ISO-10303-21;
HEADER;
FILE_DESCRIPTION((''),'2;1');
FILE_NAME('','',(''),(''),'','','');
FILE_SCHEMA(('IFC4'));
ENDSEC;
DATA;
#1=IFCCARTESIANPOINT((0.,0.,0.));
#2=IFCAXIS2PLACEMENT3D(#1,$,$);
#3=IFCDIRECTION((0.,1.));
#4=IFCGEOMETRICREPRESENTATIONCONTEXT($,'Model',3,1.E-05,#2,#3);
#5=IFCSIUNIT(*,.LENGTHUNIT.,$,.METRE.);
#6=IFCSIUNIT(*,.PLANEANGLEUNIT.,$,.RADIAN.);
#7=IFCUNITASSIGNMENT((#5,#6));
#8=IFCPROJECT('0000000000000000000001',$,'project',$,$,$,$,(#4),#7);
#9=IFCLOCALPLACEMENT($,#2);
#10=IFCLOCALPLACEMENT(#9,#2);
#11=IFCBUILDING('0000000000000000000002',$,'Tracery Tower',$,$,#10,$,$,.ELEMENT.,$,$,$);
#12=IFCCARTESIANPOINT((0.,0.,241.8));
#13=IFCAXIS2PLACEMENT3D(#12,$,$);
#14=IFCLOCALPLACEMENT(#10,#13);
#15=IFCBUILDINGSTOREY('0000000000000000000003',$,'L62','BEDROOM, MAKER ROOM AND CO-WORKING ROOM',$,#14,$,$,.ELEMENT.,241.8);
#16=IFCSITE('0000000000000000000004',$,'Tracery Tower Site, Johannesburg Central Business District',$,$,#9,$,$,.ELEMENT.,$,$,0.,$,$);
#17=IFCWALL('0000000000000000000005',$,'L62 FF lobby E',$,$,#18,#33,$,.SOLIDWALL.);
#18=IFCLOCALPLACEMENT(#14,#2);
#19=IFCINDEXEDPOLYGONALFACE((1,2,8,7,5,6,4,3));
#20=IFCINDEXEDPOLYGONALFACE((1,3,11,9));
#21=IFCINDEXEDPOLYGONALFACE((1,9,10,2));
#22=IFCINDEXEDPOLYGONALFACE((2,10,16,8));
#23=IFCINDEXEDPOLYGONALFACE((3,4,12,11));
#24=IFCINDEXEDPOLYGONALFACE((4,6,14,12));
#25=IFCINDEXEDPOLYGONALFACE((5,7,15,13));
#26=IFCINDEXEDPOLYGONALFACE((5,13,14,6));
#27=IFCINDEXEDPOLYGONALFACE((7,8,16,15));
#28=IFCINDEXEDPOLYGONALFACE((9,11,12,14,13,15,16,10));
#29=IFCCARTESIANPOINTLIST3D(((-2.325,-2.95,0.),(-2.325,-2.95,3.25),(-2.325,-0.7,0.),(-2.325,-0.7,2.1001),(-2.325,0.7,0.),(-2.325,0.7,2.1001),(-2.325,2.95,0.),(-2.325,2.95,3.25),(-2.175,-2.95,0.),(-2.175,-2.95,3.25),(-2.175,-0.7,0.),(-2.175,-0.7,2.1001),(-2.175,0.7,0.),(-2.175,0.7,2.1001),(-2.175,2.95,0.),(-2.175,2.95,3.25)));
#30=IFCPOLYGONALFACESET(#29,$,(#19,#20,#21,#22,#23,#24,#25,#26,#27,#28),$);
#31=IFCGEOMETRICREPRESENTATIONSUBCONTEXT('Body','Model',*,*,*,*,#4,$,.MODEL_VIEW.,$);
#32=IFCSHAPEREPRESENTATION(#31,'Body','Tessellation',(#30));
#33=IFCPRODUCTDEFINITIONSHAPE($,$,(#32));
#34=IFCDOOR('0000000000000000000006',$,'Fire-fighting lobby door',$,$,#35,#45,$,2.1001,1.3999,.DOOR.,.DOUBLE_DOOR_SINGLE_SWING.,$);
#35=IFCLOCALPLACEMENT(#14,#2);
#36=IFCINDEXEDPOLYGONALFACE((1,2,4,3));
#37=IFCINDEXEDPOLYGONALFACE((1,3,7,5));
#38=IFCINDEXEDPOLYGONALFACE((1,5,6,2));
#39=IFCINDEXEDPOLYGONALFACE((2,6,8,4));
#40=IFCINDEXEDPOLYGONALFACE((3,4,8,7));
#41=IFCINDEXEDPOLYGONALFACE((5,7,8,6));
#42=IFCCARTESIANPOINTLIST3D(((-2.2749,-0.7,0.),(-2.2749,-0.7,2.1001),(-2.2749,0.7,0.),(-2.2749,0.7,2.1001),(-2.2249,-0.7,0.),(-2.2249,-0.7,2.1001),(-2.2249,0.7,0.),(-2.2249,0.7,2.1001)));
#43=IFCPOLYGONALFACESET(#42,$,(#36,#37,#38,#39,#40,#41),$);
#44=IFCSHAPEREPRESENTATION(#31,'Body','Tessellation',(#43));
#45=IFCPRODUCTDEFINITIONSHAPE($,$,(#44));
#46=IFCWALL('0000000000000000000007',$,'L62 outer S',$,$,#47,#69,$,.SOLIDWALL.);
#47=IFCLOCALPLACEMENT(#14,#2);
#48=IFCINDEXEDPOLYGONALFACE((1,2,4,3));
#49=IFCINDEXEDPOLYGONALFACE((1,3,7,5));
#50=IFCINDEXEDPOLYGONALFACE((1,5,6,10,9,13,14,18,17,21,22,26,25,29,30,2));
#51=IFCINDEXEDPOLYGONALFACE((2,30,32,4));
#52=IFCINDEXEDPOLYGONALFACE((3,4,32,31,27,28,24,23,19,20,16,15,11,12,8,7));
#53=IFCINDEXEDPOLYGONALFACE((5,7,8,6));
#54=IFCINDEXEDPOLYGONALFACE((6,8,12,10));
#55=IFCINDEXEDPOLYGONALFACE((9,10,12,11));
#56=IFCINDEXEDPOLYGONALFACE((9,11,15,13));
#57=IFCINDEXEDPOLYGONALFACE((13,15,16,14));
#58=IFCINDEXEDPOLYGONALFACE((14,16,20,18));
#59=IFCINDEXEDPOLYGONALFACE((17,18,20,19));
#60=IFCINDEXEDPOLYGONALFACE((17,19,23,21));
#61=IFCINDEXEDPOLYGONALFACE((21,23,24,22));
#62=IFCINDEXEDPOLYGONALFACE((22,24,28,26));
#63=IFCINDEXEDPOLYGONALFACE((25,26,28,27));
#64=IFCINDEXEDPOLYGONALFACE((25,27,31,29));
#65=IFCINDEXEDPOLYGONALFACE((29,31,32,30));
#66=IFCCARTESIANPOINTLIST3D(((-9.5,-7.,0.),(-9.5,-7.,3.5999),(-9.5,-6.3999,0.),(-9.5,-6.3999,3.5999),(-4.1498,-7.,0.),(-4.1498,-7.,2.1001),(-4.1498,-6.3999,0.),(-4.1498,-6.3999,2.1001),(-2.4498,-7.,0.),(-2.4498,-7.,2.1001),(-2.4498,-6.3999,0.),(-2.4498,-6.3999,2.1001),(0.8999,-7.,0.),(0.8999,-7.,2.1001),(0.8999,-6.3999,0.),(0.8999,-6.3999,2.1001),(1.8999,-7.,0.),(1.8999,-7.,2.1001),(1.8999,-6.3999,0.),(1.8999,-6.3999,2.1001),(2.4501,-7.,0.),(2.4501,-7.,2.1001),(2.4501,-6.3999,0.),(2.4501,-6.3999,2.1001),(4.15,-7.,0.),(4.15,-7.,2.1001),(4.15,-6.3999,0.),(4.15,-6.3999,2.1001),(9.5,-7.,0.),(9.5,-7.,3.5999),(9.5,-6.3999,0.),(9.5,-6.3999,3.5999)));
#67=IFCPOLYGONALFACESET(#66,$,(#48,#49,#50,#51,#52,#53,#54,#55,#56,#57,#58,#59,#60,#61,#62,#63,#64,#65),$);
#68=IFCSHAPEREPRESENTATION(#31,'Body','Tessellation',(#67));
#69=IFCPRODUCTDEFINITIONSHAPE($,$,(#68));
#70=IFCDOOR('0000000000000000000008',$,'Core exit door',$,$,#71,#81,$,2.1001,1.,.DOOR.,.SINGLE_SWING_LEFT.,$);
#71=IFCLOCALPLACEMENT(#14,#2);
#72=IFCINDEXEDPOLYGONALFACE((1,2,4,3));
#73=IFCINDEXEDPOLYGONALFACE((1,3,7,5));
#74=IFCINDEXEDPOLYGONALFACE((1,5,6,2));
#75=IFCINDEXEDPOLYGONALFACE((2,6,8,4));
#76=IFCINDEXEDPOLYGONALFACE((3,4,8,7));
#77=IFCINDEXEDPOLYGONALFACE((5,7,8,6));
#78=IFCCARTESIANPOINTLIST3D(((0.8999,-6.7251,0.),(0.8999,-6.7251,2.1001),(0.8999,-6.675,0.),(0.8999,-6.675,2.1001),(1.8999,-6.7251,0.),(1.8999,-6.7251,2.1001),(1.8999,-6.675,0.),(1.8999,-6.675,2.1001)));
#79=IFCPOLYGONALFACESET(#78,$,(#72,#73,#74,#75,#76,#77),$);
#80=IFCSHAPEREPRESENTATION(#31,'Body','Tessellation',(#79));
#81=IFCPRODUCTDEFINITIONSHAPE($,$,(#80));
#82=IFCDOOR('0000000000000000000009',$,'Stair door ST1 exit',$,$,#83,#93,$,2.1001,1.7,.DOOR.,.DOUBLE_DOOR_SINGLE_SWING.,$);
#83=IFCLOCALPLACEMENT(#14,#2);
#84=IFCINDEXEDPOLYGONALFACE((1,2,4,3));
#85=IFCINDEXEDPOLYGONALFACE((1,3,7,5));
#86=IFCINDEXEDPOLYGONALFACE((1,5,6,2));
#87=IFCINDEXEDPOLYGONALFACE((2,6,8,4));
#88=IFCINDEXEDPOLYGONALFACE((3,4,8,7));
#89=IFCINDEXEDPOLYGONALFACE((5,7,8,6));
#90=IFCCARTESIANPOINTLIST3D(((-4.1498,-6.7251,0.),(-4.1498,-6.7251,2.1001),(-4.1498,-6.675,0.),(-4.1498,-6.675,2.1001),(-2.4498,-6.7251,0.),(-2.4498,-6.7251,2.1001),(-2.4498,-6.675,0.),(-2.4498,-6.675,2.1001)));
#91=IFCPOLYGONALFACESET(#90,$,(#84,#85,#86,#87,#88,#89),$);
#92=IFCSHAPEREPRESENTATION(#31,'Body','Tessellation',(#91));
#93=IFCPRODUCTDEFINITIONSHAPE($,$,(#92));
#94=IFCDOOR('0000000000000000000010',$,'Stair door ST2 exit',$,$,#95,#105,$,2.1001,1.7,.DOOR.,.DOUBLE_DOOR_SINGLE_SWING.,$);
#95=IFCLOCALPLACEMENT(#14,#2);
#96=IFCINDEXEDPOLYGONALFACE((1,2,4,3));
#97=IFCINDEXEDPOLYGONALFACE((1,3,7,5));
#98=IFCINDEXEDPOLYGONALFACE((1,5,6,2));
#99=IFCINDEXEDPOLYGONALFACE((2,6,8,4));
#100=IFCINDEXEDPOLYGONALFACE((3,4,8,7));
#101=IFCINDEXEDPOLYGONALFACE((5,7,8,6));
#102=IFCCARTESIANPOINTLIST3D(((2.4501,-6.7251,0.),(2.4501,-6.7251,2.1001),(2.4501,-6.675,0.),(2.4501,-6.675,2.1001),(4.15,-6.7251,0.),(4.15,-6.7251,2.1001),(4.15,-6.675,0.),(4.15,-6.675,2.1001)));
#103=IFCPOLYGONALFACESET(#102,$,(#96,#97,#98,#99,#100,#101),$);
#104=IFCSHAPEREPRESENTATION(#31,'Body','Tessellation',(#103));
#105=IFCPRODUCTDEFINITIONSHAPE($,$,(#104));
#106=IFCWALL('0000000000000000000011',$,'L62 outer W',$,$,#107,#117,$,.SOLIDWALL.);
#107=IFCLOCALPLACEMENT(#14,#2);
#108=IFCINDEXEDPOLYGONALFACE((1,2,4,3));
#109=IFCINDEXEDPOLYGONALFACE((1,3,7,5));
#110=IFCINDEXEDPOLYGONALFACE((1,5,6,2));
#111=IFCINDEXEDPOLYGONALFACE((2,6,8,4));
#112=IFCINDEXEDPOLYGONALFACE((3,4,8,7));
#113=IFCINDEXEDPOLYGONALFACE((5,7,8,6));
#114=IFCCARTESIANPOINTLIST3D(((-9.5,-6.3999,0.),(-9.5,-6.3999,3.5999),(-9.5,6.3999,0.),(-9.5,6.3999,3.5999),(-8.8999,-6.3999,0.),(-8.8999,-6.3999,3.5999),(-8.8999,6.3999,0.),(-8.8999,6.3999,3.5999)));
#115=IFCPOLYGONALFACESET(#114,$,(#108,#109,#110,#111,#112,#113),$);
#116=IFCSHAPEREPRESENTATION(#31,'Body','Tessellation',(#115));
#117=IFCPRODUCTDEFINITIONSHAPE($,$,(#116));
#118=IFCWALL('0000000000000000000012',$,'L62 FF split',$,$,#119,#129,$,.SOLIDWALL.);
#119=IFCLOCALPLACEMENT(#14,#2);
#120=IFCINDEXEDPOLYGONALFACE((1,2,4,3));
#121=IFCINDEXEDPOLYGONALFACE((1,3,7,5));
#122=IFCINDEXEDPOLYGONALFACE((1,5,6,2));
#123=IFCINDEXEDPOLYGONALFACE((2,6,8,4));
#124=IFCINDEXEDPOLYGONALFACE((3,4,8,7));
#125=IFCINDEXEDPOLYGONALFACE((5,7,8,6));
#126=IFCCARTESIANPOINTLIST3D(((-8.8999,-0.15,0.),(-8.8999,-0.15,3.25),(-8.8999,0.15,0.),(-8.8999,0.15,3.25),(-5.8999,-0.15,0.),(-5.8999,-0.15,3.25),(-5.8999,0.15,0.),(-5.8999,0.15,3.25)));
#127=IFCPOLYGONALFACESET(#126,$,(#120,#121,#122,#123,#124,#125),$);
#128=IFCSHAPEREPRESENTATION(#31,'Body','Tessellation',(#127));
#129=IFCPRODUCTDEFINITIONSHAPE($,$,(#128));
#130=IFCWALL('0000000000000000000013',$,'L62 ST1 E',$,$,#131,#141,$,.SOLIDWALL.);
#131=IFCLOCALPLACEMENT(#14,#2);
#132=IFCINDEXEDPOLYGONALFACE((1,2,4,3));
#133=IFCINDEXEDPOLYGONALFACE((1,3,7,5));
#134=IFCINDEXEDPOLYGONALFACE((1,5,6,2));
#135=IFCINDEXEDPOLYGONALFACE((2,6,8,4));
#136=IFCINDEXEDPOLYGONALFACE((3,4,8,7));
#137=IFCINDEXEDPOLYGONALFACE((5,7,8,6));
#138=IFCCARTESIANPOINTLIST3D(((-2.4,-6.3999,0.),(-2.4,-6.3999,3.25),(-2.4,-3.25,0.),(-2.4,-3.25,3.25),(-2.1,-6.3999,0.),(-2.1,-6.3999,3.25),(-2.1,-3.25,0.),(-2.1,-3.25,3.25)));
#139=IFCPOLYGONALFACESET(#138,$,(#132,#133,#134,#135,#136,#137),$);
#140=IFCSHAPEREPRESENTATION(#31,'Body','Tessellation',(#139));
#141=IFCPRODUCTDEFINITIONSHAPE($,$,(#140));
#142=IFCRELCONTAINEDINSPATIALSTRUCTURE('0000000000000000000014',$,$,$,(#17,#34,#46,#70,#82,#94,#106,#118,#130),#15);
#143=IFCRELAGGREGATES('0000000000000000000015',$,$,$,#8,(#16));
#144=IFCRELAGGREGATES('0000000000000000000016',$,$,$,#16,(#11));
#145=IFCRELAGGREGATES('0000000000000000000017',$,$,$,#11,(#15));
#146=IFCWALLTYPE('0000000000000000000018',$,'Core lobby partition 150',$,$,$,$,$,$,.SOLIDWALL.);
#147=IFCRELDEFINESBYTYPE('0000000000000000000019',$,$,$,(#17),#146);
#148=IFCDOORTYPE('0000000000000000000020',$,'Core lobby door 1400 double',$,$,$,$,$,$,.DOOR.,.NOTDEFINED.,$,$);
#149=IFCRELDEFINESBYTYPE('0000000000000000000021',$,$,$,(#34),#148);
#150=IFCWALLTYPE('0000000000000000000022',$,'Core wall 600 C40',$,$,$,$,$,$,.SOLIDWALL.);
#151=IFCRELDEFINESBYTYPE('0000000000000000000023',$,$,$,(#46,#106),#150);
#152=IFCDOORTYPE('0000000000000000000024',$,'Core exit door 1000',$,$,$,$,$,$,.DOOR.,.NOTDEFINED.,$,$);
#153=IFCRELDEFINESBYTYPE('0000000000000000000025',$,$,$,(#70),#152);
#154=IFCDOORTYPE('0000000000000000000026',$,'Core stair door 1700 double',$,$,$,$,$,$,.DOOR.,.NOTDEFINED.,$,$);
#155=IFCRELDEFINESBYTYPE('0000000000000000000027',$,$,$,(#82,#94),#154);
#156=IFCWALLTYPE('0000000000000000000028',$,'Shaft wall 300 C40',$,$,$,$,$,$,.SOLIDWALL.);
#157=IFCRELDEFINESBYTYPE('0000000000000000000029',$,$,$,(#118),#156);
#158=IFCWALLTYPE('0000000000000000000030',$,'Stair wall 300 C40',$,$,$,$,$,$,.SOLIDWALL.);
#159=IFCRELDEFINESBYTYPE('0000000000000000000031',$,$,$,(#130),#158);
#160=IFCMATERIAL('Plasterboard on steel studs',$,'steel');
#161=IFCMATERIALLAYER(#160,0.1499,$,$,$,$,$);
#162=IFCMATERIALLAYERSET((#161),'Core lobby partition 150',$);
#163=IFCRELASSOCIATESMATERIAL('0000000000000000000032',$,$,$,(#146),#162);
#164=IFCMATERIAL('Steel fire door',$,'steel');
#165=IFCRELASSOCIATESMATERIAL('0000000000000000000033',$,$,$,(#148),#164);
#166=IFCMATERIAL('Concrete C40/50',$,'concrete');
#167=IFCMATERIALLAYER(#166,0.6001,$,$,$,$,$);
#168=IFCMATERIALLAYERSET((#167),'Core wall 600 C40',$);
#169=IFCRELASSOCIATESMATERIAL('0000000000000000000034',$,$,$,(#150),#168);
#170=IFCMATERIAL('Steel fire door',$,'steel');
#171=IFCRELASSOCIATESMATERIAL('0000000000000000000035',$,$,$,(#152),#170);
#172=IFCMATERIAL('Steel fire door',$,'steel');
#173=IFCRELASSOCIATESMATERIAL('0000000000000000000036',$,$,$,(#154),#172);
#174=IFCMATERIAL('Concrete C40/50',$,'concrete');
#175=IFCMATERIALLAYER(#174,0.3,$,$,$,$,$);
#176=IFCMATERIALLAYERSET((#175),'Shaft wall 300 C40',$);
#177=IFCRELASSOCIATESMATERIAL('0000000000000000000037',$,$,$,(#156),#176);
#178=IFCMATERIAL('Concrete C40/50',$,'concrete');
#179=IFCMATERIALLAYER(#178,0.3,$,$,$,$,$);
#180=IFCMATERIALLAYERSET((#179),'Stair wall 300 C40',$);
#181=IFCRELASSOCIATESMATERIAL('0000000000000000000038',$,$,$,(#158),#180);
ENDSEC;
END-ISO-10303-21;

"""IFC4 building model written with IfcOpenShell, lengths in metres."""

from ifc_helpers import new_model, si_unit, direction, frame, frame_2d, origin, place, context, subcontext, project, spatial, rectangle, extrude, material, layer, layer_set, type_object, element, fill, save


model = new_model("IFC4")

# Units and contexts
model_context = context("Model", 3, precision=1e-05, world=origin(), true_north=direction((0.0, 1.0)))
body_context = subcontext(model_context, "Body", "Model", "MODEL_VIEW")
ifc_project = project(units=[si_unit("LENGTHUNIT", "METRE"), si_unit("PLANEANGLEUNIT", "RADIAN")], contexts=[model_context])

# Site, building, storey
site_placement = place(None, origin())
site = spatial("IfcSite", under=ifc_project, at=site_placement, Name="Tracery Tower Site, Johannesburg Central Business District", CompositionType="ELEMENT", RefElevation=0.0)
building_placement = place(site_placement, origin())
building = spatial("IfcBuilding", under=site, at=building_placement, Name="Tracery Tower", CompositionType="ELEMENT")
storey_placement = place(building_placement, frame((0.0, 0.0, 241.8)))
storey = spatial("IfcBuildingStorey", under=building, at=storey_placement, Name="L62", Description="BEDROOM, MAKER ROOM AND CO-WORKING ROOM", CompositionType="ELEMENT", Elevation=241.8)

# Wall, opening, door
ifc_material_1 = material(Name="Plasterboard on steel studs", Category="steel")
ifc_layer_1 = layer(ifc_material_1, 0.1499)
ifc_layer_set_1 = layer_set([ifc_layer_1], Name="Core lobby partition 150")
wall_type_1 = type_object("IfcWallType", Name="Core lobby partition 150", PredefinedType="SOLIDWALL", material=ifc_layer_set_1)
wall_1_placement = place(storey_placement, frame((-2.25, -2.95, 0.0), z_axis=(0.0, 0.0, 1.0), x_axis=(0.0, 1.0, 0.0)))
wall_1 = element("IfcWall", 1, at=wall_1_placement, inside=storey, type_object=wall_type_1, Name="L62 FF lobby E", PredefinedType="SOLIDWALL", context=body_context, shape_type="SweptSolid", body=[
    extrude(rectangle(XDim=5.8999, YDim=0.1499, at=frame_2d((2.95, 0.0))), origin(), (0.0, 0.0, 1.0), 3.25),
])
opening_1_placement = place(wall_1_placement, frame((2.25, 0.0, 0.0)))
opening_1 = element("IfcOpeningElement", 2, at=opening_1_placement, cuts=wall_1, PredefinedType="OPENING", context=body_context, shape_type="SweptSolid", body=[
    extrude(rectangle(XDim=1.3999, YDim=2.1001, at=frame_2d((0.7, 1.05))), frame((0.0, 0.075, 0.0), z_axis=(0.0, -1.0, 0.0), x_axis=(1.0, 0.0, 0.0)), (0.0, 0.0, 1.0), 0.1499),
])
ifc_material_2 = material(Name="Steel fire door", Category="steel")
door_type_1 = type_object("IfcDoorType", Name="Core lobby door 1400 double", OperationType="NOTDEFINED", PredefinedType="DOOR", material=ifc_material_2)
door_1_placement = place(opening_1_placement, origin())
door_1 = element("IfcDoor", 3, at=door_1_placement, inside=storey, type_object=door_type_1, Name="Fire-fighting lobby door", OperationType="DOUBLE_DOOR_SINGLE_SWING", OverallHeight=2.1001, OverallWidth=1.3999, PredefinedType="DOOR", context=body_context, shape_type="SweptSolid", body=[
    extrude(rectangle(XDim=1.3999, YDim=2.1001, at=frame_2d((0.7, 1.05))), frame((0.0, 0.0249, 0.0), z_axis=(0.0, -1.0, 0.0), x_axis=(1.0, 0.0, 0.0)), (0.0, 0.0, 1.0), 0.05),
])
fill(opening_1, door_1)

# Wall, openings, doors
ifc_material_3 = material(Name="Concrete C40/50", Category="concrete")
ifc_layer_2 = layer(ifc_material_3, 0.6001)
ifc_layer_set_2 = layer_set([ifc_layer_2], Name="Core wall 600 C40")
wall_type_2 = type_object("IfcWallType", Name="Core wall 600 C40", PredefinedType="SOLIDWALL", material=ifc_layer_set_2)
wall_2_placement = place(storey_placement, frame((-9.5, -6.7, 0.0), z_axis=(0.0, 0.0, 1.0), x_axis=(1.0, 0.0, 0.0)))
wall_2 = element("IfcWall", 4, at=wall_2_placement, inside=storey, type_object=wall_type_2, Name="L62 outer S", PredefinedType="SOLIDWALL", context=body_context, shape_type="SweptSolid", body=[
    extrude(rectangle(XDim=19.0, YDim=0.6001, at=frame_2d((9.5, 0.0))), origin(), (0.0, 0.0, 1.0), 3.5999),
])
opening_2_placement = place(wall_2_placement, frame((10.3999, 0.0, 0.0)))
opening_2 = element("IfcOpeningElement", 5, at=opening_2_placement, cuts=wall_2, PredefinedType="OPENING", context=body_context, shape_type="SweptSolid", body=[
    extrude(rectangle(XDim=1.0, YDim=2.1001, at=frame_2d((0.5, 1.05))), frame((0.0, 0.3, 0.0), z_axis=(0.0, -1.0, 0.0), x_axis=(1.0, 0.0, 0.0)), (0.0, 0.0, 1.0), 0.6001),
])
opening_3_placement = place(wall_2_placement, frame((5.3501, 0.0, 0.0)))
opening_3 = element("IfcOpeningElement", 6, at=opening_3_placement, cuts=wall_2, PredefinedType="OPENING", context=body_context, shape_type="SweptSolid", body=[
    extrude(rectangle(XDim=1.7, YDim=2.1001, at=frame_2d((0.8501, 1.05))), frame((0.0, 0.3, 0.0), z_axis=(0.0, -1.0, 0.0), x_axis=(1.0, 0.0, 0.0)), (0.0, 0.0, 1.0), 0.6001),
])
opening_4_placement = place(wall_2_placement, frame((11.95, 0.0, 0.0)))
opening_4 = element("IfcOpeningElement", 7, at=opening_4_placement, cuts=wall_2, PredefinedType="OPENING", context=body_context, shape_type="SweptSolid", body=[
    extrude(rectangle(XDim=1.7, YDim=2.1001, at=frame_2d((0.8501, 1.05))), frame((0.0, 0.3, 0.0), z_axis=(0.0, -1.0, 0.0), x_axis=(1.0, 0.0, 0.0)), (0.0, 0.0, 1.0), 0.6001),
])
ifc_material_4 = material(Name="Steel fire door", Category="steel")
door_type_2 = type_object("IfcDoorType", Name="Core exit door 1000", OperationType="NOTDEFINED", PredefinedType="DOOR", material=ifc_material_4)
door_2_placement = place(opening_2_placement, origin())
door_2 = element("IfcDoor", 8, at=door_2_placement, inside=storey, type_object=door_type_2, Name="Core exit door", OperationType="SINGLE_SWING_LEFT", OverallHeight=2.1001, OverallWidth=1.0, PredefinedType="DOOR", context=body_context, shape_type="SweptSolid", body=[
    extrude(rectangle(XDim=1.0, YDim=2.1001, at=frame_2d((0.5, 1.05))), frame((0.0, 0.0249, 0.0), z_axis=(0.0, -1.0, 0.0), x_axis=(1.0, 0.0, 0.0)), (0.0, 0.0, 1.0), 0.05),
])
fill(opening_2, door_2)
ifc_material_5 = material(Name="Steel fire door", Category="steel")
door_type_3 = type_object("IfcDoorType", Name="Core stair door 1700 double", OperationType="NOTDEFINED", PredefinedType="DOOR", material=ifc_material_5)
door_3_placement = place(opening_3_placement, origin())
door_3 = element("IfcDoor", 9, at=door_3_placement, inside=storey, type_object=door_type_3, Name="Stair door ST1 exit", OperationType="DOUBLE_DOOR_SINGLE_SWING", OverallHeight=2.1001, OverallWidth=1.7, PredefinedType="DOOR", context=body_context, shape_type="SweptSolid", body=[
    extrude(rectangle(XDim=1.7, YDim=2.1001, at=frame_2d((0.8501, 1.05))), frame((0.0, 0.0249, 0.0), z_axis=(0.0, -1.0, 0.0), x_axis=(1.0, 0.0, 0.0)), (0.0, 0.0, 1.0), 0.05),
])
fill(opening_3, door_3)
door_4_placement = place(opening_4_placement, origin())
door_4 = element("IfcDoor", 10, at=door_4_placement, inside=storey, type_object=door_type_3, Name="Stair door ST2 exit", OperationType="DOUBLE_DOOR_SINGLE_SWING", OverallHeight=2.1001, OverallWidth=1.7, PredefinedType="DOOR", context=body_context, shape_type="SweptSolid", body=[
    extrude(rectangle(XDim=1.7, YDim=2.1001, at=frame_2d((0.8501, 1.05))), frame((0.0, 0.0249, 0.0), z_axis=(0.0, -1.0, 0.0), x_axis=(1.0, 0.0, 0.0)), (0.0, 0.0, 1.0), 0.05),
])
fill(opening_4, door_4)

# Walls
wall_3_placement = place(storey_placement, frame((-9.2, -6.3999, 0.0), z_axis=(0.0, 0.0, 1.0), x_axis=(0.0, 1.0, 0.0)))
element("IfcWall", 11, at=wall_3_placement, inside=storey, type_object=wall_type_2, Name="L62 outer W", PredefinedType="SOLIDWALL", context=body_context, shape_type="SweptSolid", body=[
    extrude(rectangle(XDim=12.7998, YDim=0.6001, at=frame_2d((6.3999, 0.0))), origin(), (0.0, 0.0, 1.0), 3.5999),
])
ifc_material_6 = material(Name="Concrete C40/50", Category="concrete")
ifc_layer_3 = layer(ifc_material_6, 0.3)
ifc_layer_set_3 = layer_set([ifc_layer_3], Name="Shaft wall 300 C40")
wall_type_3 = type_object("IfcWallType", Name="Shaft wall 300 C40", PredefinedType="SOLIDWALL", material=ifc_layer_set_3)
wall_4_placement = place(storey_placement, frame((-8.8999, 0.0, 0.0), z_axis=(0.0, 0.0, 1.0), x_axis=(1.0, 0.0, 0.0)))
element("IfcWall", 12, at=wall_4_placement, inside=storey, type_object=wall_type_3, Name="L62 FF split", PredefinedType="SOLIDWALL", context=body_context, shape_type="SweptSolid", body=[
    extrude(rectangle(XDim=3.0, YDim=0.3, at=frame_2d((1.5, 0.0))), origin(), (0.0, 0.0, 1.0), 3.25),
])

# Shared definitions
ifc_material_7 = material(Name="Concrete C40/50", Category="concrete")
ifc_layer_4 = layer(ifc_material_7, 0.3)
ifc_layer_set_4 = layer_set([ifc_layer_4], Name="Stair wall 300 C40")
wall_type_4 = type_object("IfcWallType", Name="Stair wall 300 C40", PredefinedType="SOLIDWALL", material=ifc_layer_set_4)

# Wall
wall_5_placement = place(storey_placement, frame((-2.25, -6.3999, 0.0), z_axis=(0.0, 0.0, 1.0), x_axis=(0.0, 1.0, 0.0)))
element("IfcWall", 13, at=wall_5_placement, inside=storey, type_object=wall_type_4, Name="L62 ST1 E", PredefinedType="SOLIDWALL", context=body_context, shape_type="SweptSolid", body=[
    extrude(rectangle(XDim=3.1499, YDim=0.3, at=frame_2d((1.575, 0.0))), origin(), (0.0, 0.0, 1.0), 3.25),
])

save(model, "model.ifc")
